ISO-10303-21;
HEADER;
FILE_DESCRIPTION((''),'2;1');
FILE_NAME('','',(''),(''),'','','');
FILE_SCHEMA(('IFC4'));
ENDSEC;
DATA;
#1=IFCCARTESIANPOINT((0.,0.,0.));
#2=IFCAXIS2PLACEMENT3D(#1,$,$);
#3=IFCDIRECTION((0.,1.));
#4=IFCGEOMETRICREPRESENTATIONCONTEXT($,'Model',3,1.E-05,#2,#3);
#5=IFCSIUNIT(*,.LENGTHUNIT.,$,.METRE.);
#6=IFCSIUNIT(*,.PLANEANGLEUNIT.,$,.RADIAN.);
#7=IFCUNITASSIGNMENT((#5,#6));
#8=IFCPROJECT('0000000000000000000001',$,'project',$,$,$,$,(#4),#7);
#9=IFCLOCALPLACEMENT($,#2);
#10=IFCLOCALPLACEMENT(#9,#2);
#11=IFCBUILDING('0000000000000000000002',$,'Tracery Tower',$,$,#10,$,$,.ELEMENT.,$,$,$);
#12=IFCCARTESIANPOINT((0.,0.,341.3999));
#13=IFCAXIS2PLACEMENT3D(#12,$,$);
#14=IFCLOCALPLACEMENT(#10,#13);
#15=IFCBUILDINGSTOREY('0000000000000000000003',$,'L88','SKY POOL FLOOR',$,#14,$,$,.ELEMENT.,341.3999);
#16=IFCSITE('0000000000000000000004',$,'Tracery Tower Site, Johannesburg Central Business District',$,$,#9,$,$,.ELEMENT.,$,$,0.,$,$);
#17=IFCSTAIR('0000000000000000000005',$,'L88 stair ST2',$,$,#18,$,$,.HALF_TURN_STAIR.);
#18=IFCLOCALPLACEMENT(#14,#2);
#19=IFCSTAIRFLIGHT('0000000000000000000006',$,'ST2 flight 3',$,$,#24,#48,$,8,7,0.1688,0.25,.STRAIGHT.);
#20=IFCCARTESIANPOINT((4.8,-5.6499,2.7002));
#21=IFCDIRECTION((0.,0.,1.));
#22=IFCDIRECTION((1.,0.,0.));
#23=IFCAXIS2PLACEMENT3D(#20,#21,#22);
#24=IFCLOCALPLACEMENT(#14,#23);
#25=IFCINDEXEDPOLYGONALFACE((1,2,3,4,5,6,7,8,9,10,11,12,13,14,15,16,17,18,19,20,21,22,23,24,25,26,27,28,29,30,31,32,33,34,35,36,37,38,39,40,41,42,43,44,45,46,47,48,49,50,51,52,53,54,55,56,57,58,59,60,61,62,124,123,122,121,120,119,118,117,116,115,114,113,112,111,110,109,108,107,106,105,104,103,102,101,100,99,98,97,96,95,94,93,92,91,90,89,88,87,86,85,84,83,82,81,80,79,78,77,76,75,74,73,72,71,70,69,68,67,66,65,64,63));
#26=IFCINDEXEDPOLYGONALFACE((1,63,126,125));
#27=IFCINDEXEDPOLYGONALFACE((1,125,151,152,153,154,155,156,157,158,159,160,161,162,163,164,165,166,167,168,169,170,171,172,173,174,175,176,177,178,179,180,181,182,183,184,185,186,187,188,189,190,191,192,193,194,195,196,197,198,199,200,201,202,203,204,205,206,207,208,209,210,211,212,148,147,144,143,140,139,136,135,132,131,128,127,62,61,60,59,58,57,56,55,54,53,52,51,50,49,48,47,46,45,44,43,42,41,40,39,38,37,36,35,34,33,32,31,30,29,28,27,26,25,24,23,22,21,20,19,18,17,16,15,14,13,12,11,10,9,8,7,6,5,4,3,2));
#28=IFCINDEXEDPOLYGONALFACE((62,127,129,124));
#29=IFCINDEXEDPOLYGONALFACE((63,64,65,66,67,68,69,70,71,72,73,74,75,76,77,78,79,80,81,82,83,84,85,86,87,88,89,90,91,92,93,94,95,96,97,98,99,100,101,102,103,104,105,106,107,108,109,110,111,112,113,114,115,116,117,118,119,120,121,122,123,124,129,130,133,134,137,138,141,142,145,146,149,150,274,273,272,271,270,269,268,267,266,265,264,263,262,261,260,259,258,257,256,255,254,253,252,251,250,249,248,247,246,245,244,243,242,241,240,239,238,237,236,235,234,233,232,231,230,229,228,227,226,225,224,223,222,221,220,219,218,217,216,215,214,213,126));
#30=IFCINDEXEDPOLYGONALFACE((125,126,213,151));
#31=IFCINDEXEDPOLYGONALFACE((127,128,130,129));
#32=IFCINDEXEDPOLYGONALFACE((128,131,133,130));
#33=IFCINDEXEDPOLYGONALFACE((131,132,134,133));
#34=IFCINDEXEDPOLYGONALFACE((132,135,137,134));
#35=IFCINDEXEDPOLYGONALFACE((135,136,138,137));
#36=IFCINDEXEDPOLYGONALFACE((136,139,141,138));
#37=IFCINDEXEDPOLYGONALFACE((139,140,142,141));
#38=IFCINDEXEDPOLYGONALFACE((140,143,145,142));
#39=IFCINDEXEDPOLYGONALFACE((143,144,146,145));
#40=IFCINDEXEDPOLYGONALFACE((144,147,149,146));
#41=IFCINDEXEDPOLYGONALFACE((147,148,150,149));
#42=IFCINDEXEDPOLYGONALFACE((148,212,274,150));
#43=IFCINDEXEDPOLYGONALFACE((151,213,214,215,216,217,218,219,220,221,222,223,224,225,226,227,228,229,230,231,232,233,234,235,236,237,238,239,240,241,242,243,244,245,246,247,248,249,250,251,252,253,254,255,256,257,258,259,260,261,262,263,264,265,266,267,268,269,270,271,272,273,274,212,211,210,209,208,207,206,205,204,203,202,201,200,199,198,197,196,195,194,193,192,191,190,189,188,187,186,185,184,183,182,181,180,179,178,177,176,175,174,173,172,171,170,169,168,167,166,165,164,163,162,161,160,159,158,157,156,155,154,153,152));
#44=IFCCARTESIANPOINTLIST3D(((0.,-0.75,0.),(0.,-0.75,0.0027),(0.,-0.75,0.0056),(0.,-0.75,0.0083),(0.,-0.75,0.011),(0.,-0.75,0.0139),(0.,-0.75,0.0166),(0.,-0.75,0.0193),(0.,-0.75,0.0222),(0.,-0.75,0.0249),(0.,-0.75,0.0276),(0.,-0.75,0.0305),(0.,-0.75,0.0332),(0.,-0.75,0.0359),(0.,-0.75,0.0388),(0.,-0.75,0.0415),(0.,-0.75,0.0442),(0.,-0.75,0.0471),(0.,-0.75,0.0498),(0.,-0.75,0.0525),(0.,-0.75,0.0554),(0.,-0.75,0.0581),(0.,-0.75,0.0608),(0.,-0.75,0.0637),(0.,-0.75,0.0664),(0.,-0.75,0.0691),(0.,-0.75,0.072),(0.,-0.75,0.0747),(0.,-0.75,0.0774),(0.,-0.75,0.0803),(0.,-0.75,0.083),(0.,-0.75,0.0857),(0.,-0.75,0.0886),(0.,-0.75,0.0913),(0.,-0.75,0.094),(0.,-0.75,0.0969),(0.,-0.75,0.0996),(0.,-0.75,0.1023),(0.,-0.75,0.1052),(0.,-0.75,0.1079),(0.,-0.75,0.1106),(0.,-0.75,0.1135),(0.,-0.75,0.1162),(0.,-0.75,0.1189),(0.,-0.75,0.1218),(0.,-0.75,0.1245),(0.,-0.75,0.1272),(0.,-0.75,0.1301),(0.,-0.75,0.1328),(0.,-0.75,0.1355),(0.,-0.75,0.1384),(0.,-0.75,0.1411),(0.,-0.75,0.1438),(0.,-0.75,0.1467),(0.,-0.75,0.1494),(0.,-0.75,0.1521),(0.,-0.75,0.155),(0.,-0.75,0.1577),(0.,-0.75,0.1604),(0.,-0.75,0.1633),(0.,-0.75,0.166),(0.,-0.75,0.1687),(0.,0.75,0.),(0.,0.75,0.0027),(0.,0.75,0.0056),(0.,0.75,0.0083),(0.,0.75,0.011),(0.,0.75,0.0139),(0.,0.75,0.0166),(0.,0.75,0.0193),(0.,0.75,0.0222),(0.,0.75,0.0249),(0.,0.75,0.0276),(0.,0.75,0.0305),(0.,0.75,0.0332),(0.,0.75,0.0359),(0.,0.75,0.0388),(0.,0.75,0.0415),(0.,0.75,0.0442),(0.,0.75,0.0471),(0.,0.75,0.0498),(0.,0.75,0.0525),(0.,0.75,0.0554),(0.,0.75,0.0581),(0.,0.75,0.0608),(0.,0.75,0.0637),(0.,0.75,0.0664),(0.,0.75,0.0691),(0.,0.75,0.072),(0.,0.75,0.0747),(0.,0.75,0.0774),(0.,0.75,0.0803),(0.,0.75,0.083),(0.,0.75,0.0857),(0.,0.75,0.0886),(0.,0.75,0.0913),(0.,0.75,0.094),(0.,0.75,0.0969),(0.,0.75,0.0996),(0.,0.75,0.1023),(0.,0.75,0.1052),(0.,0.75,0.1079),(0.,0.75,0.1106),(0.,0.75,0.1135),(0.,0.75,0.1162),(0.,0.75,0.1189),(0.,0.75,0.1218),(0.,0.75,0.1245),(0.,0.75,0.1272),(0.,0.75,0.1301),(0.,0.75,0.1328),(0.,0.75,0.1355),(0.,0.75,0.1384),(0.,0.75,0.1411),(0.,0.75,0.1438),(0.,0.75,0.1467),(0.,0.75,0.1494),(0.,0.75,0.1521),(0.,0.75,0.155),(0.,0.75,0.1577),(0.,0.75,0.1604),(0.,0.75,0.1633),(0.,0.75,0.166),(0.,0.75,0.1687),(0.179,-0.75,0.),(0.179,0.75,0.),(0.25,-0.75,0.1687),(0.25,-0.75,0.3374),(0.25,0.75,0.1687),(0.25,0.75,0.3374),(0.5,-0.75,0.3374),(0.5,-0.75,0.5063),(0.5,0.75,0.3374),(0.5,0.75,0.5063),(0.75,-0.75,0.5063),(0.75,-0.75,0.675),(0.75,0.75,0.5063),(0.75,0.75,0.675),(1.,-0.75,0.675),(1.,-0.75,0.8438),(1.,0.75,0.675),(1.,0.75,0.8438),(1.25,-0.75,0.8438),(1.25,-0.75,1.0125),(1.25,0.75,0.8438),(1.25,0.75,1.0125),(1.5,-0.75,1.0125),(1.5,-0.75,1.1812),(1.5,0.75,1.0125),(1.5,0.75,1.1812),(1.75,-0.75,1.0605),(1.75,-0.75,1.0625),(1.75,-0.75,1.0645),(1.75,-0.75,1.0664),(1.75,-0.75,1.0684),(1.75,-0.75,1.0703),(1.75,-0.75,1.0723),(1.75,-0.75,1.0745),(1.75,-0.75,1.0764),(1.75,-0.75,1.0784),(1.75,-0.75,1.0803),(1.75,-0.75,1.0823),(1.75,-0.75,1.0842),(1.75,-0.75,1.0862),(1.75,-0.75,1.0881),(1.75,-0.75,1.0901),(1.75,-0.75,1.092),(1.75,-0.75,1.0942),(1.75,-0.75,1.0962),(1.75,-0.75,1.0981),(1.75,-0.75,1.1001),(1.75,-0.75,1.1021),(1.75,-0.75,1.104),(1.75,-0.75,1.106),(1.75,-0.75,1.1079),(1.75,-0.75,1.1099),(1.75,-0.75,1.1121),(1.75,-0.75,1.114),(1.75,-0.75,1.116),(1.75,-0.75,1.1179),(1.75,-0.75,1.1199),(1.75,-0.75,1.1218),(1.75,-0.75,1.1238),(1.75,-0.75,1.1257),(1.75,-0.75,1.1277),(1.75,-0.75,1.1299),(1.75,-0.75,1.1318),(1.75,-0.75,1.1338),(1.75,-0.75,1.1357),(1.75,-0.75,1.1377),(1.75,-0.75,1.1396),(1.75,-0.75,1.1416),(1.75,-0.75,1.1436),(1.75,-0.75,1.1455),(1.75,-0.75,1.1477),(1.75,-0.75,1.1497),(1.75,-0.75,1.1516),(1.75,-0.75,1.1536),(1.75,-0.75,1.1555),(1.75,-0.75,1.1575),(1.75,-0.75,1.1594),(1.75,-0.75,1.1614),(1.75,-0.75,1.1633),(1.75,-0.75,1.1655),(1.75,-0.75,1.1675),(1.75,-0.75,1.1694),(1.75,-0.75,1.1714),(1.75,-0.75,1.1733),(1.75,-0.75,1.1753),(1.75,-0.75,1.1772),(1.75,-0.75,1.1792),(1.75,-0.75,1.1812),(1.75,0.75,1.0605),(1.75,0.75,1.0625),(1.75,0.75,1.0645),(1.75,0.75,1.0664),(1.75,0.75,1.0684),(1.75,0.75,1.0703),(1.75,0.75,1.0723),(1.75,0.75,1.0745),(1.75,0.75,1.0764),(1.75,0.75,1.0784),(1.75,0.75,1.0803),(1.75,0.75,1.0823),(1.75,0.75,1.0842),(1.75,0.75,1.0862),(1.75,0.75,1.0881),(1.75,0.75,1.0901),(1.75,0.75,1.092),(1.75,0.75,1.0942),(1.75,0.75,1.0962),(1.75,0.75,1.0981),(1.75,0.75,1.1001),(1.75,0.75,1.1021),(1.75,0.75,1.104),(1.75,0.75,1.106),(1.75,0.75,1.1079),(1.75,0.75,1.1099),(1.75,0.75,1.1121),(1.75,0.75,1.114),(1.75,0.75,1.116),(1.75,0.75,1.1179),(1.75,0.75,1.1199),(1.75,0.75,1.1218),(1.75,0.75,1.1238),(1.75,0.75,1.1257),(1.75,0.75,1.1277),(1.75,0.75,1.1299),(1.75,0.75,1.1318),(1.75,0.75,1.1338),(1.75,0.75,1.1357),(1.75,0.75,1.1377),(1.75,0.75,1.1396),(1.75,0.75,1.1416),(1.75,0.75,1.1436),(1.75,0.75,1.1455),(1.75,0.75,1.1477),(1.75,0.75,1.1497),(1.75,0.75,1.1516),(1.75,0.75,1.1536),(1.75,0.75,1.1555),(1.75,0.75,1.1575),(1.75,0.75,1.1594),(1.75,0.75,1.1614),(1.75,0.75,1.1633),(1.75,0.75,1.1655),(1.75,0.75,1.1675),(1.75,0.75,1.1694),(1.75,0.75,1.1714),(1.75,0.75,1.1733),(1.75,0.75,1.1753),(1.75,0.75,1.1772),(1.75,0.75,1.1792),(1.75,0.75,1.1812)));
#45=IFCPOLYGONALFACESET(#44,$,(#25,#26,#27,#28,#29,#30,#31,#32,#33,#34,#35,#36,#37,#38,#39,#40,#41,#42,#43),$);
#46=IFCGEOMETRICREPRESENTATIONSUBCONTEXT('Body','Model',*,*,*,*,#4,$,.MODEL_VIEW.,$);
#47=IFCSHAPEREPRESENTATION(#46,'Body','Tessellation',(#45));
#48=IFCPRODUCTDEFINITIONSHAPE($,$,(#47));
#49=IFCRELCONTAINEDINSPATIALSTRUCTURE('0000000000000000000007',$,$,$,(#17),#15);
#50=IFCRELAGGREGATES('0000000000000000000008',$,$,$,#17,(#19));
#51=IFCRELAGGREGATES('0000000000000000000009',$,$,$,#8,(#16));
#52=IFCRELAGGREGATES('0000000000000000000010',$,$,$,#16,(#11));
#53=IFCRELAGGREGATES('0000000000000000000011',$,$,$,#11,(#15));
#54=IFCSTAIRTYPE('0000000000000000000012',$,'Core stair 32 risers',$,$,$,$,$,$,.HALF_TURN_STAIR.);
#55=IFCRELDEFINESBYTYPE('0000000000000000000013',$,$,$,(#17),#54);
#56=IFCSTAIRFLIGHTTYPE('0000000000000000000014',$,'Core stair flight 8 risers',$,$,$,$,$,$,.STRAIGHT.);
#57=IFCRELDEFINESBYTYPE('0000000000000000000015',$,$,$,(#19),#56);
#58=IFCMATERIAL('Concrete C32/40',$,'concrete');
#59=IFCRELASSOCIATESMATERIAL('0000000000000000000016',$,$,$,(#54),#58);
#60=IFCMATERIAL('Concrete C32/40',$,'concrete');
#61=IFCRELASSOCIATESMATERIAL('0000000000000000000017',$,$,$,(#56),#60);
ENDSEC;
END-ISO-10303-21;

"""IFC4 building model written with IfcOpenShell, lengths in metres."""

from ifc_helpers import new_model, si_unit, direction, frame, origin, place, context, subcontext, project, spatial, polyline, outline, extrude, material, type_object, element, aggregate, save


model = new_model("IFC4")

# Units and contexts
model_context = context("Model", 3, precision=1e-05, world=origin(), true_north=direction((0.0, 1.0)))
body_context = subcontext(model_context, "Body", "Model", "MODEL_VIEW")
ifc_project = project(units=[si_unit("LENGTHUNIT", "METRE"), si_unit("PLANEANGLEUNIT", "RADIAN")], contexts=[model_context])

# Site, building, storey
site_placement = place(None, origin())
site = spatial("IfcSite", under=ifc_project, at=site_placement, Name="Tracery Tower Site, Johannesburg Central Business District", CompositionType="ELEMENT", RefElevation=0.0)
building_placement = place(site_placement, origin())
building = spatial("IfcBuilding", under=site, at=building_placement, Name="Tracery Tower", CompositionType="ELEMENT")
storey_placement = place(building_placement, frame((0.0, 0.0, 341.3999)))
storey = spatial("IfcBuildingStorey", under=building, at=storey_placement, Name="L88", Description="SKY POOL FLOOR", CompositionType="ELEMENT", Elevation=341.3999)

# Stair, stair flight
ifc_material_1 = material(Name="Concrete C32/40", Category="concrete")
stair_type = type_object("IfcStairType", Name="Core stair 32 risers", PredefinedType="HALF_TURN_STAIR", material=ifc_material_1)
stair_placement = place(storey_placement, origin())
stair = element("IfcStair", 1, at=stair_placement, inside=storey, type_object=stair_type, Name="L88 stair ST2", PredefinedType="HALF_TURN_STAIR")
ifc_material_2 = material(Name="Concrete C32/40", Category="concrete")
stair_flight_type = type_object("IfcStairFlightType", Name="Core stair flight 8 risers", PredefinedType="STRAIGHT", material=ifc_material_2)
stair_flight_1_placement = place(storey_placement, frame((4.8, -5.6499, 2.7002), z_axis=(0.0, 0.0, 1.0), x_axis=(1.0, 0.0, 0.0)))
stair_flight_1 = element("IfcStairFlight", 2, at=stair_flight_1_placement, type_object=stair_flight_type, Name="ST2 flight 3", NumberOfRisers=8, NumberOfTreads=7, PredefinedType="STRAIGHT", RiserHeight=0.1688, TreadLength=0.25, context=body_context, shape_type="SweptSolid", body=[
    extrude(outline(polyline([(0.0, 0.0), (0.0, 0.0027), (0.0, 0.0056), (0.0, 0.0083), (0.0, 0.011), (0.0, 0.0139), (0.0, 0.0166), (0.0, 0.0193), (0.0, 0.0222), (0.0, 0.0249), (0.0, 0.0276), (0.0, 0.0305), (0.0, 0.0332), (0.0, 0.0359), (0.0, 0.0388), (0.0, 0.0415), (0.0, 0.0442), (0.0, 0.0471), (0.0, 0.0498), (0.0, 0.0525), (0.0, 0.0554), (0.0, 0.0581), (0.0, 0.0608), (0.0, 0.0637), (0.0, 0.0664), (0.0, 0.0691), (0.0, 0.072), (0.0, 0.0747), (0.0, 0.0774), (0.0, 0.0803), (0.0, 0.083), (0.0, 0.0857), (0.0, 0.0886), (0.0, 0.0913), (0.0, 0.094), (0.0, 0.0969), (0.0, 0.0996), (0.0, 0.1023), (0.0, 0.1052), (0.0, 0.1079), (0.0, 0.1106), (0.0, 0.1135), (0.0, 0.1162), (0.0, 0.1189), (0.0, 0.1218), (0.0, 0.1245), (0.0, 0.1272), (0.0, 0.1301), (0.0, 0.1328), (0.0, 0.1355), (0.0, 0.1384), (0.0, 0.1411), (0.0, 0.1438), (0.0, 0.1467), (0.0, 0.1494), (0.0, 0.1521), (0.0, 0.155), (0.0, 0.1577), (0.0, 0.1604), (0.0, 0.1633), (0.0, 0.166), (0.0, 0.1687), (0.25, 0.1687), (0.25, 0.3374), (0.5, 0.3374), (0.5, 0.5063), (0.75, 0.5063), (0.75, 0.675), (1.0, 0.675), (1.0, 0.8438), (1.25, 0.8438), (1.25, 1.0125), (1.5, 1.0125), (1.5, 1.1812), (1.75, 1.1812), (1.75, 1.1792), (1.75, 1.1772), (1.75, 1.1753), (1.75, 1.1733), (1.75, 1.1714), (1.75, 1.1694), (1.75, 1.1675), (1.75, 1.1655), (1.75, 1.1633), (1.75, 1.1614), (1.75, 1.1594), (1.75, 1.1575), (1.75, 1.1555), (1.75, 1.1536), (1.75, 1.1516), (1.75, 1.1497), (1.75, 1.1477), (1.75, 1.1455), (1.75, 1.1436), (1.75, 1.1416), (1.75, 1.1396), (1.75, 1.1377), (1.75, 1.1357), (1.75, 1.1338), (1.75, 1.1318), (1.75, 1.1299), (1.75, 1.1277), (1.75, 1.1257), (1.75, 1.1238), (1.75, 1.1218), (1.75, 1.1199), (1.75, 1.1179), (1.75, 1.116), (1.75, 1.114), (1.75, 1.1121), (1.75, 1.1099), (1.75, 1.1079), (1.75, 1.106), (1.75, 1.104), (1.75, 1.1021), (1.75, 1.1001), (1.75, 1.0981), (1.75, 1.0962), (1.75, 1.0942), (1.75, 1.092), (1.75, 1.0901), (1.75, 1.0881), (1.75, 1.0862), (1.75, 1.0842), (1.75, 1.0823), (1.75, 1.0803), (1.75, 1.0784), (1.75, 1.0764), (1.75, 1.0745), (1.75, 1.0723), (1.75, 1.0703), (1.75, 1.0684), (1.75, 1.0664), (1.75, 1.0645), (1.75, 1.0625), (1.75, 1.0605), (0.179, 0.0), (0.0, 0.0)])), frame((0.0, 0.75, 0.0), z_axis=(0.0, -1.0, 0.0), x_axis=(1.0, 0.0, 0.0)), (0.0, 0.0, 1.0), 1.5),
])
aggregate(stair, [stair_flight_1])

save(model, "model.ifc")
